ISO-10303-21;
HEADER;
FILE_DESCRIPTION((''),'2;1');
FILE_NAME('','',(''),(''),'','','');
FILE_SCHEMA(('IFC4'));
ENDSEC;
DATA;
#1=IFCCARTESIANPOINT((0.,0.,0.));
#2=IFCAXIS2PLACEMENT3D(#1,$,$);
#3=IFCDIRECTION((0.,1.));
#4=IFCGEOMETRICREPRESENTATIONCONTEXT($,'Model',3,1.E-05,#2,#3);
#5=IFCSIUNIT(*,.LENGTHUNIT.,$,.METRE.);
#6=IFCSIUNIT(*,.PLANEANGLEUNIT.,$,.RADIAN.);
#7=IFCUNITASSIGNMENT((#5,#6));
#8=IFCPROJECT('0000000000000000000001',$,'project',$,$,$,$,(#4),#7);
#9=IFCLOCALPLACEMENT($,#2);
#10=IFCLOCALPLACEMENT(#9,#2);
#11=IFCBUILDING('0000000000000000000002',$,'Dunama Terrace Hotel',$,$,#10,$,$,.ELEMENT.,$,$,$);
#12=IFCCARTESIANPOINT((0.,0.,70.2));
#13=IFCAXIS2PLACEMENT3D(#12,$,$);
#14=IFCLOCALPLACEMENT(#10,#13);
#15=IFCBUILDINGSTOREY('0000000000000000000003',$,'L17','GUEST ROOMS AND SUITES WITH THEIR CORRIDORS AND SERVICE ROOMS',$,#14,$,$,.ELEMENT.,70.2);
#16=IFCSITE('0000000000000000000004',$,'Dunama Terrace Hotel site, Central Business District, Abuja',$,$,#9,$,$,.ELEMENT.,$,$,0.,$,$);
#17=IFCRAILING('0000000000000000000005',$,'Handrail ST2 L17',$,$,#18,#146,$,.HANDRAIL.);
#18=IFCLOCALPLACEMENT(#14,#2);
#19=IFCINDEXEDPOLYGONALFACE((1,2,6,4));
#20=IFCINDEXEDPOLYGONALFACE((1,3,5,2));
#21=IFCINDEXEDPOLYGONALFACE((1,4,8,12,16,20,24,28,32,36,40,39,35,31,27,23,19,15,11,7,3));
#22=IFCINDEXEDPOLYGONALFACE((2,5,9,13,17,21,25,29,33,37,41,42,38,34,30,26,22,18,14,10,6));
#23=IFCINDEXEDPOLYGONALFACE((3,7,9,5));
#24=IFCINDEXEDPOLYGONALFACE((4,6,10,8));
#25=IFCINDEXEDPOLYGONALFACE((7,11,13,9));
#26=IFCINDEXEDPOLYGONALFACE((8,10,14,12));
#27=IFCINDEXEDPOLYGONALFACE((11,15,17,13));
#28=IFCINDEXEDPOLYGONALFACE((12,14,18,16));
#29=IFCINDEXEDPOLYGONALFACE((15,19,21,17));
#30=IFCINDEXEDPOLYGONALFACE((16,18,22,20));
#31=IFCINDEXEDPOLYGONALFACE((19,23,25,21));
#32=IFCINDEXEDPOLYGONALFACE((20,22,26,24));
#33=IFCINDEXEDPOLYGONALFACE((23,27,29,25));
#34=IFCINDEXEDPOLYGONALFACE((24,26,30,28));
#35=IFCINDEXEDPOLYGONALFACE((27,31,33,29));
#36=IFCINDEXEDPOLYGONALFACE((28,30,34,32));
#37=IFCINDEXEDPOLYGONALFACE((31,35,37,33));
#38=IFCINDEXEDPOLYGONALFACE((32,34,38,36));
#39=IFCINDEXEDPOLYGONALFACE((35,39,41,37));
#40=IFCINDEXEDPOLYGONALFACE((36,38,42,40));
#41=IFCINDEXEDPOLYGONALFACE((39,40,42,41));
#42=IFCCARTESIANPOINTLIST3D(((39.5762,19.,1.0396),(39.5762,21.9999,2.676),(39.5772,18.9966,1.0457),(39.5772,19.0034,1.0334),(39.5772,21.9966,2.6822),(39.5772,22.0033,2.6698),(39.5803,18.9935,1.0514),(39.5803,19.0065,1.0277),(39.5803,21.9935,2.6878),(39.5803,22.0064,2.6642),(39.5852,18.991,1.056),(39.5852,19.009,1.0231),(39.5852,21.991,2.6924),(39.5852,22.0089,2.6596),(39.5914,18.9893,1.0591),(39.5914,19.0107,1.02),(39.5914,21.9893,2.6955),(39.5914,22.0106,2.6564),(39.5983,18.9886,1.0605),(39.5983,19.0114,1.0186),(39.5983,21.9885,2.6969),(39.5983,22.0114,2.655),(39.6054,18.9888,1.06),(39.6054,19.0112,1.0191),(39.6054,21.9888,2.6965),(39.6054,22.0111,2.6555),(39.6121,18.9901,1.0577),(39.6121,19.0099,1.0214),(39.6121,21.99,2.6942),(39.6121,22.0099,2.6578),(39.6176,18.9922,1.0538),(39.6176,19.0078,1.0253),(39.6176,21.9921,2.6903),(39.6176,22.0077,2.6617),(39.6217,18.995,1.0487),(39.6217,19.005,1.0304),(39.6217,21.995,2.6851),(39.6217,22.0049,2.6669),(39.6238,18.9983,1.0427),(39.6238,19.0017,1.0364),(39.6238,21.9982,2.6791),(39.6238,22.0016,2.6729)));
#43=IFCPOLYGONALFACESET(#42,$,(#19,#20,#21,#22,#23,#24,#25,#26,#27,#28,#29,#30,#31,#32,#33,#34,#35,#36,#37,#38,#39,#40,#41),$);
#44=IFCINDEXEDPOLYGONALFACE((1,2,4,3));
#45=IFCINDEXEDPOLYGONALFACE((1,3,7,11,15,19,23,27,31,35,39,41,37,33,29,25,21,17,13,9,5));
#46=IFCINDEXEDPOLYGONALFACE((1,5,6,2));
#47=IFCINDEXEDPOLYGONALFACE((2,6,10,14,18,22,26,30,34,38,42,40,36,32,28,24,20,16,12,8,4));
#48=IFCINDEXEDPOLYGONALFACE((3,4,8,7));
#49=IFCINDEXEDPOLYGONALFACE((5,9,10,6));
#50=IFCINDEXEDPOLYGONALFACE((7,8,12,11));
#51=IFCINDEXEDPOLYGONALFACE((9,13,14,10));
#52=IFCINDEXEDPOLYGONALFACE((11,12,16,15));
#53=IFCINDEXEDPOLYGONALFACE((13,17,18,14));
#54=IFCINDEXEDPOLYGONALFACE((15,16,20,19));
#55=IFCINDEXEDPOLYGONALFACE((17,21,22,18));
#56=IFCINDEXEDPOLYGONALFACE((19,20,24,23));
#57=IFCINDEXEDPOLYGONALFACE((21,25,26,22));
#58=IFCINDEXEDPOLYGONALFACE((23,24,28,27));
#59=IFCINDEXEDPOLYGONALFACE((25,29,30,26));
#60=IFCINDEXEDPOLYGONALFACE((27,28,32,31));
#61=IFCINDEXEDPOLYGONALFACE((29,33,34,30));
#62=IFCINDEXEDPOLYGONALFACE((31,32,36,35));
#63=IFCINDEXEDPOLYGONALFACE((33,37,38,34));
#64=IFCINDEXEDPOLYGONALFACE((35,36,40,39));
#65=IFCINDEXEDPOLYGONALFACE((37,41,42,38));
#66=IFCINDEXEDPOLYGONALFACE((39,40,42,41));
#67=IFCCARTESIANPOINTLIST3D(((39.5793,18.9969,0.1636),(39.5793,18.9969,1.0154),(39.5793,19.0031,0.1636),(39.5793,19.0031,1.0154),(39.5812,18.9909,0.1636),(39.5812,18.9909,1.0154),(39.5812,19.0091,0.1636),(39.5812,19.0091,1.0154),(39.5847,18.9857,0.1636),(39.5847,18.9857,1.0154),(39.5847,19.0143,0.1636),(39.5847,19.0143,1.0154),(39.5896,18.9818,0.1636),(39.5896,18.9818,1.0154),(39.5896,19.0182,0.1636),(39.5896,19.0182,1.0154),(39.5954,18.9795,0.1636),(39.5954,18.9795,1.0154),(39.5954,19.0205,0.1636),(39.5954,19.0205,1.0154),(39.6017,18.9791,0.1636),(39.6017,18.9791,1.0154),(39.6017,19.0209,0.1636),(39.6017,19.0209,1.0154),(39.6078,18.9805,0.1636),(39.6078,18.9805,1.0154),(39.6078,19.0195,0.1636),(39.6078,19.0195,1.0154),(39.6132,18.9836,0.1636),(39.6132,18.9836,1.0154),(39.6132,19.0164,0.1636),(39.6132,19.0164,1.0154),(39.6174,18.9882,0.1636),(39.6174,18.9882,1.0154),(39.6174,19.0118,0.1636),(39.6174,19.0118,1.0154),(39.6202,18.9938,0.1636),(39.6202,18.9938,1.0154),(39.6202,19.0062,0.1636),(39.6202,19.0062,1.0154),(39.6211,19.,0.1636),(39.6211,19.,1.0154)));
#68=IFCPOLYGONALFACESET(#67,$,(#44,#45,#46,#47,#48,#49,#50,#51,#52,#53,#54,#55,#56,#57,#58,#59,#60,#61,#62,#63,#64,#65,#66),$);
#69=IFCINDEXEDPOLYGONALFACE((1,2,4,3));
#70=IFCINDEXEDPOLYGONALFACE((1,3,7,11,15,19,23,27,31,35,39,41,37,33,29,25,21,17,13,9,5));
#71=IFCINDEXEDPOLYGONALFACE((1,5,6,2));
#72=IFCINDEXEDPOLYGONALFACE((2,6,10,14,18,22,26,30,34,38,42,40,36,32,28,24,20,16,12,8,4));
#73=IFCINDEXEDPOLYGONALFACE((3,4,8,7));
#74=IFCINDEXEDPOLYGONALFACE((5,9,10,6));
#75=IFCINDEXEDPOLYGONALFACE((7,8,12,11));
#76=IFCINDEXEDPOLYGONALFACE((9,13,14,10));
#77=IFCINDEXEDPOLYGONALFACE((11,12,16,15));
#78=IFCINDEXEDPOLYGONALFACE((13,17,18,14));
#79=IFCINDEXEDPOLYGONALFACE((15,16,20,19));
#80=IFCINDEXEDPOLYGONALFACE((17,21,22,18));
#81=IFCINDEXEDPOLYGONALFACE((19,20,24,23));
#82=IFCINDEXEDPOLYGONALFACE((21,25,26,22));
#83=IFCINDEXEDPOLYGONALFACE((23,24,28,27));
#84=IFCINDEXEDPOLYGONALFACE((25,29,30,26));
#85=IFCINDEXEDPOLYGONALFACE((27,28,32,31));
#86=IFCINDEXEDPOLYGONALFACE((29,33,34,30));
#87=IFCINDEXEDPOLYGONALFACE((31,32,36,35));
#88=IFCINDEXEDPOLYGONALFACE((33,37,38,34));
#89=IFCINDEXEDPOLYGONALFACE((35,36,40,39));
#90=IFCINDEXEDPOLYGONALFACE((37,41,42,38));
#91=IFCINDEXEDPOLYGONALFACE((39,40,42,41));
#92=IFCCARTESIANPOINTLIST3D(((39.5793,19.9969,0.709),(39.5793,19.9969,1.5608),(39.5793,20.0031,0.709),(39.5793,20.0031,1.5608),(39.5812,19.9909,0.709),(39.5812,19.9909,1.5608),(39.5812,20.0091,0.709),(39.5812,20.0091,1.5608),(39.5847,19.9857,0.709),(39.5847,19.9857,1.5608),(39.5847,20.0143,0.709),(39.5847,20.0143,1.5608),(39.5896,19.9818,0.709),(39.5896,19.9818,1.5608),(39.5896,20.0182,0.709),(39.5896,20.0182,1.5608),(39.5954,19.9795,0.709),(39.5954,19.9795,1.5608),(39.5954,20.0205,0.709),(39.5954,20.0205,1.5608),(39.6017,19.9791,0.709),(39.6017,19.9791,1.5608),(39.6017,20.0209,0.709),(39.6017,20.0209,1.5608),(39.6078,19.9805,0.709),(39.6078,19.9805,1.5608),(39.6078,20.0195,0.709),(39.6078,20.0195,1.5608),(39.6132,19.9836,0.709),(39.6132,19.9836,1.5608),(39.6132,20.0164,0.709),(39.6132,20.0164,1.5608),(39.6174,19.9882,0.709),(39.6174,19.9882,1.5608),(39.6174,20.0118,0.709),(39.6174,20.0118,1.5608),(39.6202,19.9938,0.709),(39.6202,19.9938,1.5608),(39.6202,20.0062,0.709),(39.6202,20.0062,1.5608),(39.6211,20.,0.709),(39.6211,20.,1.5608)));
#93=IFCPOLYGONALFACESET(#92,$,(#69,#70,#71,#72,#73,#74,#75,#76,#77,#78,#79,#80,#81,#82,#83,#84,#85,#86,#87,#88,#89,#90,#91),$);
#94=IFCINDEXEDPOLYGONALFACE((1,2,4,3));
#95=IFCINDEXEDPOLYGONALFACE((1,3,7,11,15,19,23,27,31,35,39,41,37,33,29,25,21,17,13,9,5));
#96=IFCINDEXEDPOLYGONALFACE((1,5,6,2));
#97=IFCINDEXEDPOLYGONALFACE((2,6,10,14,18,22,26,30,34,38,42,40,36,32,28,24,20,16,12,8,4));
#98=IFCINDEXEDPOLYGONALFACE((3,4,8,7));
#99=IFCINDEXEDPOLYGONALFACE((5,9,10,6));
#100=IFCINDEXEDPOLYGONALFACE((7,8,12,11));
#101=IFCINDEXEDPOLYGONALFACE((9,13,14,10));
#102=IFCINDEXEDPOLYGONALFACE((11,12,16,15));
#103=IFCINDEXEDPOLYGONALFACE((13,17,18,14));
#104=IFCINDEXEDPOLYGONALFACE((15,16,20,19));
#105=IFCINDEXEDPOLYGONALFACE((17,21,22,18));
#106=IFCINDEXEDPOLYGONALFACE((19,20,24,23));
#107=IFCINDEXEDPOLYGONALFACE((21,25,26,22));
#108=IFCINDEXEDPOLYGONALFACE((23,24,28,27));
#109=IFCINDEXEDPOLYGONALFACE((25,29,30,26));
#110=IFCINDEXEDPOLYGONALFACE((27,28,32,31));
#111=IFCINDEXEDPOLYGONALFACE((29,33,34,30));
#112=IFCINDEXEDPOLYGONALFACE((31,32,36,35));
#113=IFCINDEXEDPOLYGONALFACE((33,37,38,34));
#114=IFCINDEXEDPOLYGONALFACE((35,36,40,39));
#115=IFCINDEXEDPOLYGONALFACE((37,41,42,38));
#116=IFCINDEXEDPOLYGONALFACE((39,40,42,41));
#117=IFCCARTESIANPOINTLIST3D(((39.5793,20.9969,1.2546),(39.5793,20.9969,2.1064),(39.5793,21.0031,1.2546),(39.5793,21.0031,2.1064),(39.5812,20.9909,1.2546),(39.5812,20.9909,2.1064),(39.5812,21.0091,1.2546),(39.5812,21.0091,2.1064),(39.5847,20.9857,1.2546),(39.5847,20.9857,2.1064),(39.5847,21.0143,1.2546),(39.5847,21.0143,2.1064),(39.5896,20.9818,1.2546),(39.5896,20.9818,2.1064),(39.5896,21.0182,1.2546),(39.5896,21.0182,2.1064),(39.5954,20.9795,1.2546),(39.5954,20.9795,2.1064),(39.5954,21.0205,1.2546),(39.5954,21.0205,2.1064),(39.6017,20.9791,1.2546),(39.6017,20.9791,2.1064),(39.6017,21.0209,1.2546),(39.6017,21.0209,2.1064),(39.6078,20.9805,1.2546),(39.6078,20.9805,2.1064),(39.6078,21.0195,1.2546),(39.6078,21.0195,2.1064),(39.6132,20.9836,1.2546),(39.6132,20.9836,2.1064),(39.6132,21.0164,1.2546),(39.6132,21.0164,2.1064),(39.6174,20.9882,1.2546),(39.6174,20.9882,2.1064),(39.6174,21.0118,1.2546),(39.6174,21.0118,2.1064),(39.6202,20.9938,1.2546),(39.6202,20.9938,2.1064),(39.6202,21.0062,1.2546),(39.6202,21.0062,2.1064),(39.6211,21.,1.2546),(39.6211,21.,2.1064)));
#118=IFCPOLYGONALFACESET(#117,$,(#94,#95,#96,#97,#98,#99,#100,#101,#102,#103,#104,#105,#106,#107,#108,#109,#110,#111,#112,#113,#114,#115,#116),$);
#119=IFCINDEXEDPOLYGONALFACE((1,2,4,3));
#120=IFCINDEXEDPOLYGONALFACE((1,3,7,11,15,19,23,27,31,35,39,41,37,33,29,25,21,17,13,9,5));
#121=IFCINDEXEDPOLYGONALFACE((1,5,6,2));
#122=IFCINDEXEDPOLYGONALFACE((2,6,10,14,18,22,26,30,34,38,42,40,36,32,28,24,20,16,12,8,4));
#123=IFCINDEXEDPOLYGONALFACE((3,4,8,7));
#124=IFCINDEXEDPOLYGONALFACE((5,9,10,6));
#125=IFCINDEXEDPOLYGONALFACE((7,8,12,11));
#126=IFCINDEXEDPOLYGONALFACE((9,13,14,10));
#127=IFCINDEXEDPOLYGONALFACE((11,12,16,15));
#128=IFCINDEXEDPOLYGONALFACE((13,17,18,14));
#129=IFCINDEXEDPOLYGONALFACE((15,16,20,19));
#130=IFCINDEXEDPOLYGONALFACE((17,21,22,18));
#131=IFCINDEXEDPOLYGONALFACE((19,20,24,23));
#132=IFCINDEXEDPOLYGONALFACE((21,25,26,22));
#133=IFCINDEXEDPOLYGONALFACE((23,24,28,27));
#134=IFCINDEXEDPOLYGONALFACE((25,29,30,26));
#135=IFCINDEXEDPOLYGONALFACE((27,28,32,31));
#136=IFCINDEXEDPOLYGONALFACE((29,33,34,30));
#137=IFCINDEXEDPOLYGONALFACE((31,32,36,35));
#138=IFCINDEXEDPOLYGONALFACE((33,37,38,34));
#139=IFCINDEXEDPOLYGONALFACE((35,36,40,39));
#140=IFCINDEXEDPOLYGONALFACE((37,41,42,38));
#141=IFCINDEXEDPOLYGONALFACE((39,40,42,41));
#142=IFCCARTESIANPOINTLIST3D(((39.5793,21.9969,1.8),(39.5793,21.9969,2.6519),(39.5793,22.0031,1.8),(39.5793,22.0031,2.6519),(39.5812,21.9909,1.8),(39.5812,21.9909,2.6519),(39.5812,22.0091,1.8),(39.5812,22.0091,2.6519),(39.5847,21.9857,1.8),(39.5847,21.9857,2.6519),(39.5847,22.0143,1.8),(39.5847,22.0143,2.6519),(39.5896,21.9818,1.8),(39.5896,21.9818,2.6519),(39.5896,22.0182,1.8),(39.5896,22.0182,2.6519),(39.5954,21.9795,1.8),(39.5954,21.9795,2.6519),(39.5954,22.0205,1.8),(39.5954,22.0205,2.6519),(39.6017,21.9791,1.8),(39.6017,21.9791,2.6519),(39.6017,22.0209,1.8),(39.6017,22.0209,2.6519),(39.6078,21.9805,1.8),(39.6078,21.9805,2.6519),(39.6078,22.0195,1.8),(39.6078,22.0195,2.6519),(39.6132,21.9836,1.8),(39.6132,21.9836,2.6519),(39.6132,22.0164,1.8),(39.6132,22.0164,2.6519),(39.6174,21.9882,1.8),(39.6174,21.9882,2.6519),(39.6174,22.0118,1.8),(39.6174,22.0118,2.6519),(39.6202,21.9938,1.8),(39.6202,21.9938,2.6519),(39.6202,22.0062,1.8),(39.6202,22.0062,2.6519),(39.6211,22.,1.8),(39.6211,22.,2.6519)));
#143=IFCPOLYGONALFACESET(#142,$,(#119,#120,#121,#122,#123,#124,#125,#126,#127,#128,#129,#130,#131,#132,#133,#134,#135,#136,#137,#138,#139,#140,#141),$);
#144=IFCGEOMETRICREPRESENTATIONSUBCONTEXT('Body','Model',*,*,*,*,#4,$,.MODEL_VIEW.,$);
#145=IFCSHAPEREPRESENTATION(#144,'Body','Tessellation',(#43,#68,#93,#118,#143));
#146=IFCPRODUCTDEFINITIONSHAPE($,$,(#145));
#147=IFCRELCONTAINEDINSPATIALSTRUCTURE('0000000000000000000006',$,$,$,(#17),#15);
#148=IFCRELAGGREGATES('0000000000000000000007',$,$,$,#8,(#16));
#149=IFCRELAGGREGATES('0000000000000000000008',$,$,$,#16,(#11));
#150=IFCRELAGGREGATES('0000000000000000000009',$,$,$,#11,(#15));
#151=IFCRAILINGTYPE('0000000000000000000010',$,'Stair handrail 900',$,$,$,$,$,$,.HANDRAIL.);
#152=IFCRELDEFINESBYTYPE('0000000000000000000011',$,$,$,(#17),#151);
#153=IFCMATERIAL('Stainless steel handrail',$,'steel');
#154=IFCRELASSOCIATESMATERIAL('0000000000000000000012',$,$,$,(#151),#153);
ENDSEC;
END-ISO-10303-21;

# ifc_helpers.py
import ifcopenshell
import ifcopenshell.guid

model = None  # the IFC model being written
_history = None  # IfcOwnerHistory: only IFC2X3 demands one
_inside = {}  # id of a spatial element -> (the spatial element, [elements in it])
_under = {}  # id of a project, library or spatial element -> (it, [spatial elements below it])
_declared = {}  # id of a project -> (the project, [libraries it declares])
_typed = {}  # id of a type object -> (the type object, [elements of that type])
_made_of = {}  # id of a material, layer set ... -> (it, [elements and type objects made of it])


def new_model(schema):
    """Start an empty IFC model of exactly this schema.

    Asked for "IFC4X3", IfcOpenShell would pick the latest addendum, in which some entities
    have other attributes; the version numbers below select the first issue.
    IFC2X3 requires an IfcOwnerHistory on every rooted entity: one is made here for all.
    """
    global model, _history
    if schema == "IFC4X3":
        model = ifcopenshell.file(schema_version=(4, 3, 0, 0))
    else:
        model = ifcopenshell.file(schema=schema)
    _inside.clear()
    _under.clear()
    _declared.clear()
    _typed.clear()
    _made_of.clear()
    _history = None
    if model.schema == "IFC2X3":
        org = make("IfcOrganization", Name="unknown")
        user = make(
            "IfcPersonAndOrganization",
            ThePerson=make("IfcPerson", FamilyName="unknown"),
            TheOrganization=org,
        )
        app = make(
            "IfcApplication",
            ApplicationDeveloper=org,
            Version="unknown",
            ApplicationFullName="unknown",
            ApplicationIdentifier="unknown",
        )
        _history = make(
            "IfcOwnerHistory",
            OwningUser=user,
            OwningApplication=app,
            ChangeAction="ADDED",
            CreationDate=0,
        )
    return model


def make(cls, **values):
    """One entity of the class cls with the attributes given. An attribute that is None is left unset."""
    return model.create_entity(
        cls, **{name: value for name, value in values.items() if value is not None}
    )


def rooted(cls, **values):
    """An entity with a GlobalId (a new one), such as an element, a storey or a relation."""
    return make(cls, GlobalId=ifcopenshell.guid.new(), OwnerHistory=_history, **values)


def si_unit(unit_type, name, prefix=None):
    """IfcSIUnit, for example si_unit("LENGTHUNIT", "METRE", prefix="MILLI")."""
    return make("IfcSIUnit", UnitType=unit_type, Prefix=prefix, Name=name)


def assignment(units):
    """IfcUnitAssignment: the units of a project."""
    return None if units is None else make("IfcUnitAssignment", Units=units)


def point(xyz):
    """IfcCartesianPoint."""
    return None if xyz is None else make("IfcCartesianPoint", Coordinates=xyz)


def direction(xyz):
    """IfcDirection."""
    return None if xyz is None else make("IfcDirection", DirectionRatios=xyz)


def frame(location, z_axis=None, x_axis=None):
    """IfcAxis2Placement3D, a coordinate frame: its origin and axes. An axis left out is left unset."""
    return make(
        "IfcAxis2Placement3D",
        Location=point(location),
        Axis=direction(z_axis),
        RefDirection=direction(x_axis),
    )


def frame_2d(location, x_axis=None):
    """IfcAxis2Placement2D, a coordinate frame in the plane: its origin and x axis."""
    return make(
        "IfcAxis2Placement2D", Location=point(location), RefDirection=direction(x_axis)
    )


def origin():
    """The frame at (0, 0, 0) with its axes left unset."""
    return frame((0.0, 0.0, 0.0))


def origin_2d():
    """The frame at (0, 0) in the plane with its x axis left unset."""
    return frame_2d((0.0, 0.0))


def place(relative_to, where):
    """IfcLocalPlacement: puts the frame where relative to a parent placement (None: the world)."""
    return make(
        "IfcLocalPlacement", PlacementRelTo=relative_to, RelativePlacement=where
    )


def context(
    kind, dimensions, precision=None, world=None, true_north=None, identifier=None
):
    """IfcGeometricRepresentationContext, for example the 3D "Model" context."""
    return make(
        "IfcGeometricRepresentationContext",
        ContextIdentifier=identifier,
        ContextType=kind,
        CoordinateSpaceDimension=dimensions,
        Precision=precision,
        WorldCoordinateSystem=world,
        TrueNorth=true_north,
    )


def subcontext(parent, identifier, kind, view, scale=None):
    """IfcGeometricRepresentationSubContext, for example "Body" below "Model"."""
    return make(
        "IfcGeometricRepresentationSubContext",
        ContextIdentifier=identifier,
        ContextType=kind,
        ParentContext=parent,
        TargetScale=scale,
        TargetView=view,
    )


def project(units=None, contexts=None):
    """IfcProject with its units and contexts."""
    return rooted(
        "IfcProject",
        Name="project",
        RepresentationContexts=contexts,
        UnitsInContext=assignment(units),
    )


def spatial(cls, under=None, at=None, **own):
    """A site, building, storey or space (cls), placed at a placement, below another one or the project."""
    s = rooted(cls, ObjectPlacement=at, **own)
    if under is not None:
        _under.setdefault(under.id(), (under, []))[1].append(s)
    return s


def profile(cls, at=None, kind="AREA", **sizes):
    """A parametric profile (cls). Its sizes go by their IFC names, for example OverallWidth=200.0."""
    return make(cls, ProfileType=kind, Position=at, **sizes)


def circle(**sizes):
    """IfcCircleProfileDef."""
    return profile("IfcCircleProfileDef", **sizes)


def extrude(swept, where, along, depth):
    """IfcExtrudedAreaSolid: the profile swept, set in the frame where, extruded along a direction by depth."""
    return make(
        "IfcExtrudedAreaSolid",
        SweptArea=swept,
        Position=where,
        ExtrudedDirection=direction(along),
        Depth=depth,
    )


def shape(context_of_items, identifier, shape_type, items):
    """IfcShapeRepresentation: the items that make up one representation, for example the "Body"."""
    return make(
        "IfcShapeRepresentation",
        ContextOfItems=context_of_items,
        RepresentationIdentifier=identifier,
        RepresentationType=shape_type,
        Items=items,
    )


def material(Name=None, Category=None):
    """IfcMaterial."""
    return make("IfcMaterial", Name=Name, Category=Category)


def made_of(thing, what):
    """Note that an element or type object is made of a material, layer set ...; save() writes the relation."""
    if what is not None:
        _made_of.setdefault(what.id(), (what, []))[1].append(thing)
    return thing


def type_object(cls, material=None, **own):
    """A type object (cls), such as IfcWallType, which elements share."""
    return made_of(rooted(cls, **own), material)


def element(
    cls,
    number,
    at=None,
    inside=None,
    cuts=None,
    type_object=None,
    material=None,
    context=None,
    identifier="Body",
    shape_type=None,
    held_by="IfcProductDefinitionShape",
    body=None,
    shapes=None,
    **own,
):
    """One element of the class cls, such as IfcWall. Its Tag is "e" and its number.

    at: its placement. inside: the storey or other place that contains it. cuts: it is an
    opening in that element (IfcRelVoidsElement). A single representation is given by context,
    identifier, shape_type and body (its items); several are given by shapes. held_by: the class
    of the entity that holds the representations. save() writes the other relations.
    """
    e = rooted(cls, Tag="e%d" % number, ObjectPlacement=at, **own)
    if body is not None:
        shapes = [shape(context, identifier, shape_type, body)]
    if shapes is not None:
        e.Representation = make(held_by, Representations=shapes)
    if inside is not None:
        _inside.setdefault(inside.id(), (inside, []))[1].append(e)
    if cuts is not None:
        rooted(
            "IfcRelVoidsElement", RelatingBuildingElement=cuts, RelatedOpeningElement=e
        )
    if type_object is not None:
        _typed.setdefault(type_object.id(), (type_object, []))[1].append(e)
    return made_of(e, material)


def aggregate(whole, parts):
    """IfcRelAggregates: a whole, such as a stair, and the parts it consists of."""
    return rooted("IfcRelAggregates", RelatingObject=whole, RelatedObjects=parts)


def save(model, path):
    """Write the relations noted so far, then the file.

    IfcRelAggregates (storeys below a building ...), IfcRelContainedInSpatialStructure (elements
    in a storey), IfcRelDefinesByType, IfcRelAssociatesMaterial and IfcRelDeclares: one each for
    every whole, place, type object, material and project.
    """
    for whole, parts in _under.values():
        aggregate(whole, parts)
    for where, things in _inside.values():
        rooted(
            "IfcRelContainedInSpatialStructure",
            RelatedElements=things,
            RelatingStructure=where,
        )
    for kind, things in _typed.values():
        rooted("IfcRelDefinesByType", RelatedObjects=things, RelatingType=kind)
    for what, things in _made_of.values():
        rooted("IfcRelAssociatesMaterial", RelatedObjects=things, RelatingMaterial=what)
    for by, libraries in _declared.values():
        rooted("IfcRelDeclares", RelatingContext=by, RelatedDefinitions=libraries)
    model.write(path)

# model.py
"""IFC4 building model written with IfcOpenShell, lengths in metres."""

from ifc_helpers import new_model, si_unit, direction, frame, origin, origin_2d, place, context, subcontext, project, spatial, circle, extrude, material, type_object, element, save


model = new_model("IFC4")

# Units and contexts
model_context = context("Model", 3, precision=1e-05, world=origin(), true_north=direction((0.0, 1.0)))
body_context = subcontext(model_context, "Body", "Model", "MODEL_VIEW")
ifc_project = project(units=[si_unit("LENGTHUNIT", "METRE"), si_unit("PLANEANGLEUNIT", "RADIAN")], contexts=[model_context])

# Site, building, storey
site_placement = place(None, origin())
site = spatial("IfcSite", under=ifc_project, at=site_placement, Name="Dunama Terrace Hotel site, Central Business District, Abuja", CompositionType="ELEMENT", RefElevation=0.0)
building_placement = place(site_placement, origin())
building = spatial("IfcBuilding", under=site, at=building_placement, Name="Dunama Terrace Hotel", CompositionType="ELEMENT")
storey_placement = place(building_placement, frame((0.0, 0.0, 70.2)))
storey = spatial("IfcBuildingStorey", under=building, at=storey_placement, Name="L17", Description="GUEST ROOMS AND SUITES WITH THEIR CORRIDORS AND SERVICE ROOMS", CompositionType="ELEMENT", Elevation=70.2)

# Railing
ifc_material_1 = material(Name="Stainless steel handrail", Category="steel")
railing_type = type_object("IfcRailingType", Name="Stair handrail 900", PredefinedType="HANDRAIL", material=ifc_material_1)
railing_1_placement = place(storey_placement, frame((39.6001, 19.0, 0.1636)))
element("IfcRailing", 1, at=railing_1_placement, inside=storey, type_object=railing_type, Name="Handrail ST2 L17", PredefinedType="HANDRAIL", context=body_context, shape_type="SweptSolid", body=[
    extrude(circle(Radius=0.0239, at=origin_2d()), frame((0.0, 0.0, 0.876), z_axis=(0.0, 0.877882, 0.478877), x_axis=(-1.0, 0.0, 0.0)), (0.0, 0.0, 1.0), 3.4172),
    extrude(circle(Radius=0.021, at=origin_2d()), origin(), (0.0, 0.0, 1.0), 0.8518),
    extrude(circle(Radius=0.021, at=origin_2d()), frame((0.0, 1.0, 0.5454)), (0.0, 0.0, 1.0), 0.8518),
    extrude(circle(Radius=0.021, at=origin_2d()), frame((0.0, 2.0, 1.0911)), (0.0, 0.0, 1.0), 0.8518),
    extrude(circle(Radius=0.021, at=origin_2d()), frame((0.0, 3.0, 1.6365)), (0.0, 0.0, 1.0), 0.8518),
])

save(model, "model.ifc")
